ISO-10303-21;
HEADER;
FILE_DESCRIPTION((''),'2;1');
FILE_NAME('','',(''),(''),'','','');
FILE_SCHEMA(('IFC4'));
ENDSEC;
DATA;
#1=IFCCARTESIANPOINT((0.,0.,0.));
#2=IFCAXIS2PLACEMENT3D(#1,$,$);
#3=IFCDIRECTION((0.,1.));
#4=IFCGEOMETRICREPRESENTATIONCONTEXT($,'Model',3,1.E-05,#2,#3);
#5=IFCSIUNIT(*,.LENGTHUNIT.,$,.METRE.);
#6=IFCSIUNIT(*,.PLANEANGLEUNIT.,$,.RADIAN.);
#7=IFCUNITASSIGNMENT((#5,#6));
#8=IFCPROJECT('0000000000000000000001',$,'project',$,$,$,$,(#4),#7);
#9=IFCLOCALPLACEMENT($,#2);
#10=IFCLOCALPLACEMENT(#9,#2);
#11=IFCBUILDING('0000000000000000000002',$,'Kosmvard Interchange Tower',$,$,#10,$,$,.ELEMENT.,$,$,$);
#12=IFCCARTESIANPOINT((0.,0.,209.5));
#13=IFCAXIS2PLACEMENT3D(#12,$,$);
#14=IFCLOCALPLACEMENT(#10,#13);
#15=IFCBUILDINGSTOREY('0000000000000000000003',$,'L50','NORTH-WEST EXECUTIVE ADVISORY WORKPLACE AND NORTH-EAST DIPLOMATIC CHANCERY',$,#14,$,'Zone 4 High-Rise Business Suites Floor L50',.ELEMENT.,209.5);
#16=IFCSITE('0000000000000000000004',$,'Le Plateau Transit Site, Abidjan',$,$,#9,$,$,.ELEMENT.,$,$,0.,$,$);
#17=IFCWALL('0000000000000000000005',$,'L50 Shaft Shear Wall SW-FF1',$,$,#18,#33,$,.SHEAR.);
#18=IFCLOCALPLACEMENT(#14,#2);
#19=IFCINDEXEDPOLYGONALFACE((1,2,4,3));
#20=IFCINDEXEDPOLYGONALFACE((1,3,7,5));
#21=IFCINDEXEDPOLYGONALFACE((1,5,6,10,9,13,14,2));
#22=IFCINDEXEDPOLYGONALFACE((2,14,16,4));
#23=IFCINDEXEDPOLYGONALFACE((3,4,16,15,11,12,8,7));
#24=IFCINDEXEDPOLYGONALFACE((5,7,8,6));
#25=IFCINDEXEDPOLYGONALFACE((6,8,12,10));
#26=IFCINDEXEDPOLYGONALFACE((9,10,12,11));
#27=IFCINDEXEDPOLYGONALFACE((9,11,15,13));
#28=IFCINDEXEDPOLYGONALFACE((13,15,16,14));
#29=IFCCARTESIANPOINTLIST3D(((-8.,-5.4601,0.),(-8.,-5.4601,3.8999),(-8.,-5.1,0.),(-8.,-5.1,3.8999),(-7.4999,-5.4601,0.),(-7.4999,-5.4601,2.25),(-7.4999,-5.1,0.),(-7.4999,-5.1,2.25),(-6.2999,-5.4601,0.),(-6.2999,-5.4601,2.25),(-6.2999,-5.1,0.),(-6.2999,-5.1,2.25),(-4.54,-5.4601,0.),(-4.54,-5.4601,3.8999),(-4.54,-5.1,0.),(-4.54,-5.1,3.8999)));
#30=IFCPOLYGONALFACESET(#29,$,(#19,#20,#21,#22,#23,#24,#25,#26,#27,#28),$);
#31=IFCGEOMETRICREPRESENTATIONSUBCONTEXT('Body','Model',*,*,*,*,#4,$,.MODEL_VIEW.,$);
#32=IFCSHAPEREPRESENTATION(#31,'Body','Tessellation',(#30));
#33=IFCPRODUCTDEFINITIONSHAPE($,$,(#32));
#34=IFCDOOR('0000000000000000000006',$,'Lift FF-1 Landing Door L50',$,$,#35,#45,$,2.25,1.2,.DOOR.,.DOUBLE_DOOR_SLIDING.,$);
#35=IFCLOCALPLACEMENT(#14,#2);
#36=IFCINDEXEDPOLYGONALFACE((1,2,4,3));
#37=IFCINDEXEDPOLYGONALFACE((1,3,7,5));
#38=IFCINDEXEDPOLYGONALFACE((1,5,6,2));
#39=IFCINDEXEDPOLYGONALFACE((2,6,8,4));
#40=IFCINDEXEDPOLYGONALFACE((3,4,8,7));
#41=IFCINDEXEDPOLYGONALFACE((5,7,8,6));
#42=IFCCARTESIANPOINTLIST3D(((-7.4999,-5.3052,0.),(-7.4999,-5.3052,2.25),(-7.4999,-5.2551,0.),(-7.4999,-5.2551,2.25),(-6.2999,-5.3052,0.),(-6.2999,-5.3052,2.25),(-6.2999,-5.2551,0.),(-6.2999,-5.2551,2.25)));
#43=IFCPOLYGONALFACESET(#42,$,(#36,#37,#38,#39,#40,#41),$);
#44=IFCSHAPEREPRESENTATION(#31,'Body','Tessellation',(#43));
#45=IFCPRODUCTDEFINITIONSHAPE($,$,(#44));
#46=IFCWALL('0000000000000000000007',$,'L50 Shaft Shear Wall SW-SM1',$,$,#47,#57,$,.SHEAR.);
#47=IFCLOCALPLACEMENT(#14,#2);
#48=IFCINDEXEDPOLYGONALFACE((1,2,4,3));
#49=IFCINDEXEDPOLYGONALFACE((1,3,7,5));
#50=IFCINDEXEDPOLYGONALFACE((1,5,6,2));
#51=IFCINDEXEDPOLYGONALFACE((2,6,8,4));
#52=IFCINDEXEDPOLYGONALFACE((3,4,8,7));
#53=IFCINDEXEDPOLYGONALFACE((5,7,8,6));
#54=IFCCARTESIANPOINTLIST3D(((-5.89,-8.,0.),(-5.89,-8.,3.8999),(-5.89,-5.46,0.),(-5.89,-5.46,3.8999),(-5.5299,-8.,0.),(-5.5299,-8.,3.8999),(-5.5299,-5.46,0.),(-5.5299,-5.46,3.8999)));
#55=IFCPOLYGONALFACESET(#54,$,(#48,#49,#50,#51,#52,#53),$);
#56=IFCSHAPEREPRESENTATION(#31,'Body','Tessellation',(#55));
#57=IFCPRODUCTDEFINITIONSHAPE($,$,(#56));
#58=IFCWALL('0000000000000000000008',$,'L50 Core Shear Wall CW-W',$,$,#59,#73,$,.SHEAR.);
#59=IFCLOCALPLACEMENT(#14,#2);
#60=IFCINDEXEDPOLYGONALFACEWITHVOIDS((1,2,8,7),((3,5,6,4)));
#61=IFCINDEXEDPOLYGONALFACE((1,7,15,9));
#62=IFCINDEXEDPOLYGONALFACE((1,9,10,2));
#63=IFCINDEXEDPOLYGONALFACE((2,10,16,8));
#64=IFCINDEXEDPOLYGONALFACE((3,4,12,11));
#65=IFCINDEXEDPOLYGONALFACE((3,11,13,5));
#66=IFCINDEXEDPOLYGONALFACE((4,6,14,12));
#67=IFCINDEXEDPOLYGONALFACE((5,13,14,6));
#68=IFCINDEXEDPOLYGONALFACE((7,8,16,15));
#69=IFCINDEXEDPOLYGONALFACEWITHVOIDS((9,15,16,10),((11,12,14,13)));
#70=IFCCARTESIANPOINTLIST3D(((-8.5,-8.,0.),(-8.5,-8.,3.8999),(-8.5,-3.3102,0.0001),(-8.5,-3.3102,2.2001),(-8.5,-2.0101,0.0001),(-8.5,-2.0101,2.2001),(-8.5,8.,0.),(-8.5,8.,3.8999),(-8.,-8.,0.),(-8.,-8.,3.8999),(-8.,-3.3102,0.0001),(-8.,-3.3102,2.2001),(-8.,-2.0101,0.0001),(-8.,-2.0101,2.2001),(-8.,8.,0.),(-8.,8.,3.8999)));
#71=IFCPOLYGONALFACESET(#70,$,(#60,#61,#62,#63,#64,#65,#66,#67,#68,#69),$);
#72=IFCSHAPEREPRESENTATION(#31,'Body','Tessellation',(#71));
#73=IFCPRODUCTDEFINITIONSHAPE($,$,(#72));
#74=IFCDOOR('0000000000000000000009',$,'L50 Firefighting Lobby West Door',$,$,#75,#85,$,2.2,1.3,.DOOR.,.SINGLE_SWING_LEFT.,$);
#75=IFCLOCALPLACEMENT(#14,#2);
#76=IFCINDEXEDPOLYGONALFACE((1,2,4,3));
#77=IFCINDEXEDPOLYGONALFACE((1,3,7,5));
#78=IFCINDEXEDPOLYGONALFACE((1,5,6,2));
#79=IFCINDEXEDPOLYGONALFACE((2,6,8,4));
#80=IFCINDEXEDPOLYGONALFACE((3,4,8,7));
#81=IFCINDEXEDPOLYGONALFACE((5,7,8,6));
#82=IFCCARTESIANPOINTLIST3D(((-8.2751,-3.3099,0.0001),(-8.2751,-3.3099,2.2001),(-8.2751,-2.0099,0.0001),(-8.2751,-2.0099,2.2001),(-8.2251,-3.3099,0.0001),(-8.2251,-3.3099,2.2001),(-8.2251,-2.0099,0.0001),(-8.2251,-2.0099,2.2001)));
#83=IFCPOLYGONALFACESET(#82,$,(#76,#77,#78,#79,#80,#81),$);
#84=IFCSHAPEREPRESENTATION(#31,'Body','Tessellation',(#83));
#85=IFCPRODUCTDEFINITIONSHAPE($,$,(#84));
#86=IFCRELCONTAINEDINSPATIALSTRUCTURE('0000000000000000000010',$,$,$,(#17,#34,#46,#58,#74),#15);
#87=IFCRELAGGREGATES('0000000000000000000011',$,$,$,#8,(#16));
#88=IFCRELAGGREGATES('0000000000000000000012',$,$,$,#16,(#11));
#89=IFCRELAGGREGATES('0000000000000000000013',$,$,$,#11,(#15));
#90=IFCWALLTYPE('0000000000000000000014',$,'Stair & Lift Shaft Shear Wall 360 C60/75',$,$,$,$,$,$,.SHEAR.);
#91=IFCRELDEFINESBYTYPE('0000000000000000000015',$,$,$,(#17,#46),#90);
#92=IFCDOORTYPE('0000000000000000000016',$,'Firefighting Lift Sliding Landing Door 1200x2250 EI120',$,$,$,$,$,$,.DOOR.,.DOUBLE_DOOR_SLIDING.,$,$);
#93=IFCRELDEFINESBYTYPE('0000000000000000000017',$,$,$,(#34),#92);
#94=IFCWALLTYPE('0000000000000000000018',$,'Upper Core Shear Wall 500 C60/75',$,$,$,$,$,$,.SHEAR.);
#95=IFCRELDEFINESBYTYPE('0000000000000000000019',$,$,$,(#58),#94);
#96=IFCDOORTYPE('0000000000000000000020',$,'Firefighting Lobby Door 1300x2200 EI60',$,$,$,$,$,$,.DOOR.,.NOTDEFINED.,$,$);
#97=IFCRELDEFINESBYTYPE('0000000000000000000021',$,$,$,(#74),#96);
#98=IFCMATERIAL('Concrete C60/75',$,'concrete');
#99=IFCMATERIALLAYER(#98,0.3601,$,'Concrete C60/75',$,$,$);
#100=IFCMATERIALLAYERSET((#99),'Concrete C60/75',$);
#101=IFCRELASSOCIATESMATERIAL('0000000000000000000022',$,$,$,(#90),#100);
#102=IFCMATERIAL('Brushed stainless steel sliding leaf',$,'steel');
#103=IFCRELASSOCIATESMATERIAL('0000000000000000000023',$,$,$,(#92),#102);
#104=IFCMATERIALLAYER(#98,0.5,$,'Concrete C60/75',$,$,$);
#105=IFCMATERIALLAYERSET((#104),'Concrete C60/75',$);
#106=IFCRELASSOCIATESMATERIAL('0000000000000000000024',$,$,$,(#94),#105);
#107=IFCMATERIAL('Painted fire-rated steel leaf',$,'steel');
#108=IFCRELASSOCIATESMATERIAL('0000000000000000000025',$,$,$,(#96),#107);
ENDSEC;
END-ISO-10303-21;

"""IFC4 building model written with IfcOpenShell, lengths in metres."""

from ifc_helpers import new_model, si_unit, direction, frame, frame_2d, origin, place, context, subcontext, project, spatial, rectangle, extrude, source, transform, mapped, material, layer, layer_set, type_object, element, fill, save


model = new_model("IFC4")

# Units and contexts
model_context = context("Model", 3, precision=1e-05, world=origin(), true_north=direction((0.0, 1.0)))
body_context = subcontext(model_context, "Body", "Model", "MODEL_VIEW")
ifc_project = project(units=[si_unit("LENGTHUNIT", "METRE"), si_unit("PLANEANGLEUNIT", "RADIAN")], contexts=[model_context])

# Site, building, storey
site_placement = place(None, origin())
site = spatial("IfcSite", under=ifc_project, at=site_placement, Name="Le Plateau Transit Site, Abidjan", CompositionType="ELEMENT", RefElevation=0.0)
building_placement = place(site_placement, origin())
building = spatial("IfcBuilding", under=site, at=building_placement, Name="Kosmvard Interchange Tower", CompositionType="ELEMENT")
storey_placement = place(building_placement, frame((0.0, 0.0, 209.5)))
storey = spatial("IfcBuildingStorey", under=building, at=storey_placement, Name="L50", Description="NORTH-WEST EXECUTIVE ADVISORY WORKPLACE AND NORTH-EAST DIPLOMATIC CHANCERY", LongName="Zone 4 High-Rise Business Suites Floor L50", CompositionType="ELEMENT", Elevation=209.5)

# Shared definitions
ifc_material_1 = material(Name="Concrete C60/75", Category="concrete")

# Shared definitions
ifc_material_2 = material(Name="Painted fire-rated steel leaf", Category="steel")
ifc_material_3 = material(Name="Brushed stainless steel sliding leaf", Category="steel")

# Shared definitions
ifc_layer_1 = layer(ifc_material_1, 0.3601, Name="Concrete C60/75")
ifc_layer_set_1 = layer_set([ifc_layer_1], Name="Concrete C60/75")
wall_type_1 = type_object("IfcWallType", Name="Stair & Lift Shaft Shear Wall 360 C60/75", PredefinedType="SHEAR", material=ifc_layer_set_1)

# Wall, opening, door
wall_1_placement = place(storey_placement, frame((-8.0, -5.28, 0.0), z_axis=(0.0, 0.0, 1.0), x_axis=(1.0, 0.0, 0.0)))
wall_1 = element("IfcWall", 1, at=wall_1_placement, inside=storey, type_object=wall_type_1, Name="L50 Shaft Shear Wall SW-FF1", PredefinedType="SHEAR", context=body_context, shape_type="SweptSolid", body=[
    extrude(rectangle(XDim=3.46, YDim=0.3601, at=frame_2d((1.73, 0.0))), origin(), (0.0, 0.0, 1.0), 3.8999),
])
opening_1_placement = place(wall_1_placement, frame((0.5, 0.0, 0.0)))
opening_1 = element("IfcOpeningElement", 2, at=opening_1_placement, cuts=wall_1, PredefinedType="OPENING", context=body_context, shape_type="SweptSolid", body=[
    extrude(rectangle(XDim=1.2, YDim=2.25, at=frame_2d((0.6001, 1.125))), frame((0.0, 0.1899, 0.0), z_axis=(0.0, -1.0, 0.0), x_axis=(1.0, 0.0, 0.0)), (0.0, 0.0, 1.0), 0.3801),
])
door_type_1 = type_object("IfcDoorType", Name="Firefighting Lift Sliding Landing Door 1200x2250 EI120", OperationType="DOUBLE_DOOR_SLIDING", PredefinedType="DOOR", material=ifc_material_3)
shared_shape_1 = source(origin(), body_context, "Body", "SweptSolid", [
    extrude(rectangle(XDim=1.2, YDim=2.25, at=frame_2d((0.6001, 1.125))), frame((0.0, 0.0249, 0.0), z_axis=(0.0, -1.0, 0.0), x_axis=(1.0, 0.0, 0.0)), (0.0, 0.0, 1.0), 0.05),
])
door_1_placement = place(opening_1_placement, origin())
door_1 = element("IfcDoor", 3, at=door_1_placement, inside=storey, type_object=door_type_1, Name="Lift FF-1 Landing Door L50", OperationType="DOUBLE_DOOR_SLIDING", OverallHeight=2.25, OverallWidth=1.2, PredefinedType="DOOR", context=body_context, shape_type="MappedRepresentation", body=[
    mapped(shared_shape_1, transform((0.0, 0.0, 0.0), scale=1.0)),
])
fill(opening_1, door_1)

# Wall
wall_2_placement = place(storey_placement, frame((-5.71, -8.0, 0.0), z_axis=(0.0, 0.0, 1.0), x_axis=(0.0, 1.0, 0.0)))
element("IfcWall", 4, at=wall_2_placement, inside=storey, type_object=wall_type_1, Name="L50 Shaft Shear Wall SW-SM1", PredefinedType="SHEAR", context=body_context, shape_type="SweptSolid", body=[
    extrude(rectangle(XDim=2.54, YDim=0.3601, at=frame_2d((1.27, 0.0))), origin(), (0.0, 0.0, 1.0), 3.8999),
])

# Wall, opening, door
ifc_layer_2 = layer(ifc_material_1, 0.5, Name="Concrete C60/75")
ifc_layer_set_2 = layer_set([ifc_layer_2], Name="Concrete C60/75")
wall_type_2 = type_object("IfcWallType", Name="Upper Core Shear Wall 500 C60/75", PredefinedType="SHEAR", material=ifc_layer_set_2)
wall_3_placement = place(storey_placement, frame((-8.25, -8.0, 0.0), z_axis=(0.0, 0.0, 1.0), x_axis=(0.0, 1.0, 0.0)))
wall_3 = element("IfcWall", 5, at=wall_3_placement, inside=storey, type_object=wall_type_2, Name="L50 Core Shear Wall CW-W", PredefinedType="SHEAR", context=body_context, shape_type="SweptSolid", body=[
    extrude(rectangle(XDim=16.0, YDim=0.5, at=frame_2d((8.0, 0.0))), origin(), (0.0, 0.0, 1.0), 3.8999),
])
opening_2_placement = place(wall_3_placement, frame((4.6899, 0.0, 0.0)))
opening_2 = element("IfcOpeningElement", 6, at=opening_2_placement, cuts=wall_3, PredefinedType="OPENING", context=body_context, shape_type="SweptSolid", body=[
    extrude(rectangle(XDim=1.3, YDim=2.2, at=frame_2d((0.6499, 1.1001))), frame((0.0, 0.26, 0.0), z_axis=(0.0, -1.0, 0.0), x_axis=(1.0, 0.0, 0.0)), (0.0, 0.0, 1.0), 0.52),
])
door_type_2 = type_object("IfcDoorType", Name="Firefighting Lobby Door 1300x2200 EI60", OperationType="NOTDEFINED", PredefinedType="DOOR", material=ifc_material_2)
shared_shape_2 = source(origin(), body_context, "Body", "SweptSolid", [
    extrude(rectangle(XDim=1.3, YDim=2.2, at=frame_2d((0.6499, 1.1001))), frame((0.0, 0.0249, 0.0), z_axis=(0.0, -1.0, 0.0), x_axis=(1.0, 0.0, 0.0)), (0.0, 0.0, 1.0), 0.05),
])
door_2_placement = place(opening_2_placement, frame((1.3, 0.0, 0.0), z_axis=(0.0, 0.0, 1.0), x_axis=(-1.0, 0.0, 0.0)))
door_2 = element("IfcDoor", 7, at=door_2_placement, inside=storey, type_object=door_type_2, Name="L50 Firefighting Lobby West Door", OperationType="SINGLE_SWING_LEFT", OverallHeight=2.2, OverallWidth=1.3, PredefinedType="DOOR", context=body_context, shape_type="MappedRepresentation", body=[
    mapped(shared_shape_2, transform((0.0, 0.0, 0.0), scale=1.0)),
])
fill(opening_2, door_2)

save(model, "model.ifc")
